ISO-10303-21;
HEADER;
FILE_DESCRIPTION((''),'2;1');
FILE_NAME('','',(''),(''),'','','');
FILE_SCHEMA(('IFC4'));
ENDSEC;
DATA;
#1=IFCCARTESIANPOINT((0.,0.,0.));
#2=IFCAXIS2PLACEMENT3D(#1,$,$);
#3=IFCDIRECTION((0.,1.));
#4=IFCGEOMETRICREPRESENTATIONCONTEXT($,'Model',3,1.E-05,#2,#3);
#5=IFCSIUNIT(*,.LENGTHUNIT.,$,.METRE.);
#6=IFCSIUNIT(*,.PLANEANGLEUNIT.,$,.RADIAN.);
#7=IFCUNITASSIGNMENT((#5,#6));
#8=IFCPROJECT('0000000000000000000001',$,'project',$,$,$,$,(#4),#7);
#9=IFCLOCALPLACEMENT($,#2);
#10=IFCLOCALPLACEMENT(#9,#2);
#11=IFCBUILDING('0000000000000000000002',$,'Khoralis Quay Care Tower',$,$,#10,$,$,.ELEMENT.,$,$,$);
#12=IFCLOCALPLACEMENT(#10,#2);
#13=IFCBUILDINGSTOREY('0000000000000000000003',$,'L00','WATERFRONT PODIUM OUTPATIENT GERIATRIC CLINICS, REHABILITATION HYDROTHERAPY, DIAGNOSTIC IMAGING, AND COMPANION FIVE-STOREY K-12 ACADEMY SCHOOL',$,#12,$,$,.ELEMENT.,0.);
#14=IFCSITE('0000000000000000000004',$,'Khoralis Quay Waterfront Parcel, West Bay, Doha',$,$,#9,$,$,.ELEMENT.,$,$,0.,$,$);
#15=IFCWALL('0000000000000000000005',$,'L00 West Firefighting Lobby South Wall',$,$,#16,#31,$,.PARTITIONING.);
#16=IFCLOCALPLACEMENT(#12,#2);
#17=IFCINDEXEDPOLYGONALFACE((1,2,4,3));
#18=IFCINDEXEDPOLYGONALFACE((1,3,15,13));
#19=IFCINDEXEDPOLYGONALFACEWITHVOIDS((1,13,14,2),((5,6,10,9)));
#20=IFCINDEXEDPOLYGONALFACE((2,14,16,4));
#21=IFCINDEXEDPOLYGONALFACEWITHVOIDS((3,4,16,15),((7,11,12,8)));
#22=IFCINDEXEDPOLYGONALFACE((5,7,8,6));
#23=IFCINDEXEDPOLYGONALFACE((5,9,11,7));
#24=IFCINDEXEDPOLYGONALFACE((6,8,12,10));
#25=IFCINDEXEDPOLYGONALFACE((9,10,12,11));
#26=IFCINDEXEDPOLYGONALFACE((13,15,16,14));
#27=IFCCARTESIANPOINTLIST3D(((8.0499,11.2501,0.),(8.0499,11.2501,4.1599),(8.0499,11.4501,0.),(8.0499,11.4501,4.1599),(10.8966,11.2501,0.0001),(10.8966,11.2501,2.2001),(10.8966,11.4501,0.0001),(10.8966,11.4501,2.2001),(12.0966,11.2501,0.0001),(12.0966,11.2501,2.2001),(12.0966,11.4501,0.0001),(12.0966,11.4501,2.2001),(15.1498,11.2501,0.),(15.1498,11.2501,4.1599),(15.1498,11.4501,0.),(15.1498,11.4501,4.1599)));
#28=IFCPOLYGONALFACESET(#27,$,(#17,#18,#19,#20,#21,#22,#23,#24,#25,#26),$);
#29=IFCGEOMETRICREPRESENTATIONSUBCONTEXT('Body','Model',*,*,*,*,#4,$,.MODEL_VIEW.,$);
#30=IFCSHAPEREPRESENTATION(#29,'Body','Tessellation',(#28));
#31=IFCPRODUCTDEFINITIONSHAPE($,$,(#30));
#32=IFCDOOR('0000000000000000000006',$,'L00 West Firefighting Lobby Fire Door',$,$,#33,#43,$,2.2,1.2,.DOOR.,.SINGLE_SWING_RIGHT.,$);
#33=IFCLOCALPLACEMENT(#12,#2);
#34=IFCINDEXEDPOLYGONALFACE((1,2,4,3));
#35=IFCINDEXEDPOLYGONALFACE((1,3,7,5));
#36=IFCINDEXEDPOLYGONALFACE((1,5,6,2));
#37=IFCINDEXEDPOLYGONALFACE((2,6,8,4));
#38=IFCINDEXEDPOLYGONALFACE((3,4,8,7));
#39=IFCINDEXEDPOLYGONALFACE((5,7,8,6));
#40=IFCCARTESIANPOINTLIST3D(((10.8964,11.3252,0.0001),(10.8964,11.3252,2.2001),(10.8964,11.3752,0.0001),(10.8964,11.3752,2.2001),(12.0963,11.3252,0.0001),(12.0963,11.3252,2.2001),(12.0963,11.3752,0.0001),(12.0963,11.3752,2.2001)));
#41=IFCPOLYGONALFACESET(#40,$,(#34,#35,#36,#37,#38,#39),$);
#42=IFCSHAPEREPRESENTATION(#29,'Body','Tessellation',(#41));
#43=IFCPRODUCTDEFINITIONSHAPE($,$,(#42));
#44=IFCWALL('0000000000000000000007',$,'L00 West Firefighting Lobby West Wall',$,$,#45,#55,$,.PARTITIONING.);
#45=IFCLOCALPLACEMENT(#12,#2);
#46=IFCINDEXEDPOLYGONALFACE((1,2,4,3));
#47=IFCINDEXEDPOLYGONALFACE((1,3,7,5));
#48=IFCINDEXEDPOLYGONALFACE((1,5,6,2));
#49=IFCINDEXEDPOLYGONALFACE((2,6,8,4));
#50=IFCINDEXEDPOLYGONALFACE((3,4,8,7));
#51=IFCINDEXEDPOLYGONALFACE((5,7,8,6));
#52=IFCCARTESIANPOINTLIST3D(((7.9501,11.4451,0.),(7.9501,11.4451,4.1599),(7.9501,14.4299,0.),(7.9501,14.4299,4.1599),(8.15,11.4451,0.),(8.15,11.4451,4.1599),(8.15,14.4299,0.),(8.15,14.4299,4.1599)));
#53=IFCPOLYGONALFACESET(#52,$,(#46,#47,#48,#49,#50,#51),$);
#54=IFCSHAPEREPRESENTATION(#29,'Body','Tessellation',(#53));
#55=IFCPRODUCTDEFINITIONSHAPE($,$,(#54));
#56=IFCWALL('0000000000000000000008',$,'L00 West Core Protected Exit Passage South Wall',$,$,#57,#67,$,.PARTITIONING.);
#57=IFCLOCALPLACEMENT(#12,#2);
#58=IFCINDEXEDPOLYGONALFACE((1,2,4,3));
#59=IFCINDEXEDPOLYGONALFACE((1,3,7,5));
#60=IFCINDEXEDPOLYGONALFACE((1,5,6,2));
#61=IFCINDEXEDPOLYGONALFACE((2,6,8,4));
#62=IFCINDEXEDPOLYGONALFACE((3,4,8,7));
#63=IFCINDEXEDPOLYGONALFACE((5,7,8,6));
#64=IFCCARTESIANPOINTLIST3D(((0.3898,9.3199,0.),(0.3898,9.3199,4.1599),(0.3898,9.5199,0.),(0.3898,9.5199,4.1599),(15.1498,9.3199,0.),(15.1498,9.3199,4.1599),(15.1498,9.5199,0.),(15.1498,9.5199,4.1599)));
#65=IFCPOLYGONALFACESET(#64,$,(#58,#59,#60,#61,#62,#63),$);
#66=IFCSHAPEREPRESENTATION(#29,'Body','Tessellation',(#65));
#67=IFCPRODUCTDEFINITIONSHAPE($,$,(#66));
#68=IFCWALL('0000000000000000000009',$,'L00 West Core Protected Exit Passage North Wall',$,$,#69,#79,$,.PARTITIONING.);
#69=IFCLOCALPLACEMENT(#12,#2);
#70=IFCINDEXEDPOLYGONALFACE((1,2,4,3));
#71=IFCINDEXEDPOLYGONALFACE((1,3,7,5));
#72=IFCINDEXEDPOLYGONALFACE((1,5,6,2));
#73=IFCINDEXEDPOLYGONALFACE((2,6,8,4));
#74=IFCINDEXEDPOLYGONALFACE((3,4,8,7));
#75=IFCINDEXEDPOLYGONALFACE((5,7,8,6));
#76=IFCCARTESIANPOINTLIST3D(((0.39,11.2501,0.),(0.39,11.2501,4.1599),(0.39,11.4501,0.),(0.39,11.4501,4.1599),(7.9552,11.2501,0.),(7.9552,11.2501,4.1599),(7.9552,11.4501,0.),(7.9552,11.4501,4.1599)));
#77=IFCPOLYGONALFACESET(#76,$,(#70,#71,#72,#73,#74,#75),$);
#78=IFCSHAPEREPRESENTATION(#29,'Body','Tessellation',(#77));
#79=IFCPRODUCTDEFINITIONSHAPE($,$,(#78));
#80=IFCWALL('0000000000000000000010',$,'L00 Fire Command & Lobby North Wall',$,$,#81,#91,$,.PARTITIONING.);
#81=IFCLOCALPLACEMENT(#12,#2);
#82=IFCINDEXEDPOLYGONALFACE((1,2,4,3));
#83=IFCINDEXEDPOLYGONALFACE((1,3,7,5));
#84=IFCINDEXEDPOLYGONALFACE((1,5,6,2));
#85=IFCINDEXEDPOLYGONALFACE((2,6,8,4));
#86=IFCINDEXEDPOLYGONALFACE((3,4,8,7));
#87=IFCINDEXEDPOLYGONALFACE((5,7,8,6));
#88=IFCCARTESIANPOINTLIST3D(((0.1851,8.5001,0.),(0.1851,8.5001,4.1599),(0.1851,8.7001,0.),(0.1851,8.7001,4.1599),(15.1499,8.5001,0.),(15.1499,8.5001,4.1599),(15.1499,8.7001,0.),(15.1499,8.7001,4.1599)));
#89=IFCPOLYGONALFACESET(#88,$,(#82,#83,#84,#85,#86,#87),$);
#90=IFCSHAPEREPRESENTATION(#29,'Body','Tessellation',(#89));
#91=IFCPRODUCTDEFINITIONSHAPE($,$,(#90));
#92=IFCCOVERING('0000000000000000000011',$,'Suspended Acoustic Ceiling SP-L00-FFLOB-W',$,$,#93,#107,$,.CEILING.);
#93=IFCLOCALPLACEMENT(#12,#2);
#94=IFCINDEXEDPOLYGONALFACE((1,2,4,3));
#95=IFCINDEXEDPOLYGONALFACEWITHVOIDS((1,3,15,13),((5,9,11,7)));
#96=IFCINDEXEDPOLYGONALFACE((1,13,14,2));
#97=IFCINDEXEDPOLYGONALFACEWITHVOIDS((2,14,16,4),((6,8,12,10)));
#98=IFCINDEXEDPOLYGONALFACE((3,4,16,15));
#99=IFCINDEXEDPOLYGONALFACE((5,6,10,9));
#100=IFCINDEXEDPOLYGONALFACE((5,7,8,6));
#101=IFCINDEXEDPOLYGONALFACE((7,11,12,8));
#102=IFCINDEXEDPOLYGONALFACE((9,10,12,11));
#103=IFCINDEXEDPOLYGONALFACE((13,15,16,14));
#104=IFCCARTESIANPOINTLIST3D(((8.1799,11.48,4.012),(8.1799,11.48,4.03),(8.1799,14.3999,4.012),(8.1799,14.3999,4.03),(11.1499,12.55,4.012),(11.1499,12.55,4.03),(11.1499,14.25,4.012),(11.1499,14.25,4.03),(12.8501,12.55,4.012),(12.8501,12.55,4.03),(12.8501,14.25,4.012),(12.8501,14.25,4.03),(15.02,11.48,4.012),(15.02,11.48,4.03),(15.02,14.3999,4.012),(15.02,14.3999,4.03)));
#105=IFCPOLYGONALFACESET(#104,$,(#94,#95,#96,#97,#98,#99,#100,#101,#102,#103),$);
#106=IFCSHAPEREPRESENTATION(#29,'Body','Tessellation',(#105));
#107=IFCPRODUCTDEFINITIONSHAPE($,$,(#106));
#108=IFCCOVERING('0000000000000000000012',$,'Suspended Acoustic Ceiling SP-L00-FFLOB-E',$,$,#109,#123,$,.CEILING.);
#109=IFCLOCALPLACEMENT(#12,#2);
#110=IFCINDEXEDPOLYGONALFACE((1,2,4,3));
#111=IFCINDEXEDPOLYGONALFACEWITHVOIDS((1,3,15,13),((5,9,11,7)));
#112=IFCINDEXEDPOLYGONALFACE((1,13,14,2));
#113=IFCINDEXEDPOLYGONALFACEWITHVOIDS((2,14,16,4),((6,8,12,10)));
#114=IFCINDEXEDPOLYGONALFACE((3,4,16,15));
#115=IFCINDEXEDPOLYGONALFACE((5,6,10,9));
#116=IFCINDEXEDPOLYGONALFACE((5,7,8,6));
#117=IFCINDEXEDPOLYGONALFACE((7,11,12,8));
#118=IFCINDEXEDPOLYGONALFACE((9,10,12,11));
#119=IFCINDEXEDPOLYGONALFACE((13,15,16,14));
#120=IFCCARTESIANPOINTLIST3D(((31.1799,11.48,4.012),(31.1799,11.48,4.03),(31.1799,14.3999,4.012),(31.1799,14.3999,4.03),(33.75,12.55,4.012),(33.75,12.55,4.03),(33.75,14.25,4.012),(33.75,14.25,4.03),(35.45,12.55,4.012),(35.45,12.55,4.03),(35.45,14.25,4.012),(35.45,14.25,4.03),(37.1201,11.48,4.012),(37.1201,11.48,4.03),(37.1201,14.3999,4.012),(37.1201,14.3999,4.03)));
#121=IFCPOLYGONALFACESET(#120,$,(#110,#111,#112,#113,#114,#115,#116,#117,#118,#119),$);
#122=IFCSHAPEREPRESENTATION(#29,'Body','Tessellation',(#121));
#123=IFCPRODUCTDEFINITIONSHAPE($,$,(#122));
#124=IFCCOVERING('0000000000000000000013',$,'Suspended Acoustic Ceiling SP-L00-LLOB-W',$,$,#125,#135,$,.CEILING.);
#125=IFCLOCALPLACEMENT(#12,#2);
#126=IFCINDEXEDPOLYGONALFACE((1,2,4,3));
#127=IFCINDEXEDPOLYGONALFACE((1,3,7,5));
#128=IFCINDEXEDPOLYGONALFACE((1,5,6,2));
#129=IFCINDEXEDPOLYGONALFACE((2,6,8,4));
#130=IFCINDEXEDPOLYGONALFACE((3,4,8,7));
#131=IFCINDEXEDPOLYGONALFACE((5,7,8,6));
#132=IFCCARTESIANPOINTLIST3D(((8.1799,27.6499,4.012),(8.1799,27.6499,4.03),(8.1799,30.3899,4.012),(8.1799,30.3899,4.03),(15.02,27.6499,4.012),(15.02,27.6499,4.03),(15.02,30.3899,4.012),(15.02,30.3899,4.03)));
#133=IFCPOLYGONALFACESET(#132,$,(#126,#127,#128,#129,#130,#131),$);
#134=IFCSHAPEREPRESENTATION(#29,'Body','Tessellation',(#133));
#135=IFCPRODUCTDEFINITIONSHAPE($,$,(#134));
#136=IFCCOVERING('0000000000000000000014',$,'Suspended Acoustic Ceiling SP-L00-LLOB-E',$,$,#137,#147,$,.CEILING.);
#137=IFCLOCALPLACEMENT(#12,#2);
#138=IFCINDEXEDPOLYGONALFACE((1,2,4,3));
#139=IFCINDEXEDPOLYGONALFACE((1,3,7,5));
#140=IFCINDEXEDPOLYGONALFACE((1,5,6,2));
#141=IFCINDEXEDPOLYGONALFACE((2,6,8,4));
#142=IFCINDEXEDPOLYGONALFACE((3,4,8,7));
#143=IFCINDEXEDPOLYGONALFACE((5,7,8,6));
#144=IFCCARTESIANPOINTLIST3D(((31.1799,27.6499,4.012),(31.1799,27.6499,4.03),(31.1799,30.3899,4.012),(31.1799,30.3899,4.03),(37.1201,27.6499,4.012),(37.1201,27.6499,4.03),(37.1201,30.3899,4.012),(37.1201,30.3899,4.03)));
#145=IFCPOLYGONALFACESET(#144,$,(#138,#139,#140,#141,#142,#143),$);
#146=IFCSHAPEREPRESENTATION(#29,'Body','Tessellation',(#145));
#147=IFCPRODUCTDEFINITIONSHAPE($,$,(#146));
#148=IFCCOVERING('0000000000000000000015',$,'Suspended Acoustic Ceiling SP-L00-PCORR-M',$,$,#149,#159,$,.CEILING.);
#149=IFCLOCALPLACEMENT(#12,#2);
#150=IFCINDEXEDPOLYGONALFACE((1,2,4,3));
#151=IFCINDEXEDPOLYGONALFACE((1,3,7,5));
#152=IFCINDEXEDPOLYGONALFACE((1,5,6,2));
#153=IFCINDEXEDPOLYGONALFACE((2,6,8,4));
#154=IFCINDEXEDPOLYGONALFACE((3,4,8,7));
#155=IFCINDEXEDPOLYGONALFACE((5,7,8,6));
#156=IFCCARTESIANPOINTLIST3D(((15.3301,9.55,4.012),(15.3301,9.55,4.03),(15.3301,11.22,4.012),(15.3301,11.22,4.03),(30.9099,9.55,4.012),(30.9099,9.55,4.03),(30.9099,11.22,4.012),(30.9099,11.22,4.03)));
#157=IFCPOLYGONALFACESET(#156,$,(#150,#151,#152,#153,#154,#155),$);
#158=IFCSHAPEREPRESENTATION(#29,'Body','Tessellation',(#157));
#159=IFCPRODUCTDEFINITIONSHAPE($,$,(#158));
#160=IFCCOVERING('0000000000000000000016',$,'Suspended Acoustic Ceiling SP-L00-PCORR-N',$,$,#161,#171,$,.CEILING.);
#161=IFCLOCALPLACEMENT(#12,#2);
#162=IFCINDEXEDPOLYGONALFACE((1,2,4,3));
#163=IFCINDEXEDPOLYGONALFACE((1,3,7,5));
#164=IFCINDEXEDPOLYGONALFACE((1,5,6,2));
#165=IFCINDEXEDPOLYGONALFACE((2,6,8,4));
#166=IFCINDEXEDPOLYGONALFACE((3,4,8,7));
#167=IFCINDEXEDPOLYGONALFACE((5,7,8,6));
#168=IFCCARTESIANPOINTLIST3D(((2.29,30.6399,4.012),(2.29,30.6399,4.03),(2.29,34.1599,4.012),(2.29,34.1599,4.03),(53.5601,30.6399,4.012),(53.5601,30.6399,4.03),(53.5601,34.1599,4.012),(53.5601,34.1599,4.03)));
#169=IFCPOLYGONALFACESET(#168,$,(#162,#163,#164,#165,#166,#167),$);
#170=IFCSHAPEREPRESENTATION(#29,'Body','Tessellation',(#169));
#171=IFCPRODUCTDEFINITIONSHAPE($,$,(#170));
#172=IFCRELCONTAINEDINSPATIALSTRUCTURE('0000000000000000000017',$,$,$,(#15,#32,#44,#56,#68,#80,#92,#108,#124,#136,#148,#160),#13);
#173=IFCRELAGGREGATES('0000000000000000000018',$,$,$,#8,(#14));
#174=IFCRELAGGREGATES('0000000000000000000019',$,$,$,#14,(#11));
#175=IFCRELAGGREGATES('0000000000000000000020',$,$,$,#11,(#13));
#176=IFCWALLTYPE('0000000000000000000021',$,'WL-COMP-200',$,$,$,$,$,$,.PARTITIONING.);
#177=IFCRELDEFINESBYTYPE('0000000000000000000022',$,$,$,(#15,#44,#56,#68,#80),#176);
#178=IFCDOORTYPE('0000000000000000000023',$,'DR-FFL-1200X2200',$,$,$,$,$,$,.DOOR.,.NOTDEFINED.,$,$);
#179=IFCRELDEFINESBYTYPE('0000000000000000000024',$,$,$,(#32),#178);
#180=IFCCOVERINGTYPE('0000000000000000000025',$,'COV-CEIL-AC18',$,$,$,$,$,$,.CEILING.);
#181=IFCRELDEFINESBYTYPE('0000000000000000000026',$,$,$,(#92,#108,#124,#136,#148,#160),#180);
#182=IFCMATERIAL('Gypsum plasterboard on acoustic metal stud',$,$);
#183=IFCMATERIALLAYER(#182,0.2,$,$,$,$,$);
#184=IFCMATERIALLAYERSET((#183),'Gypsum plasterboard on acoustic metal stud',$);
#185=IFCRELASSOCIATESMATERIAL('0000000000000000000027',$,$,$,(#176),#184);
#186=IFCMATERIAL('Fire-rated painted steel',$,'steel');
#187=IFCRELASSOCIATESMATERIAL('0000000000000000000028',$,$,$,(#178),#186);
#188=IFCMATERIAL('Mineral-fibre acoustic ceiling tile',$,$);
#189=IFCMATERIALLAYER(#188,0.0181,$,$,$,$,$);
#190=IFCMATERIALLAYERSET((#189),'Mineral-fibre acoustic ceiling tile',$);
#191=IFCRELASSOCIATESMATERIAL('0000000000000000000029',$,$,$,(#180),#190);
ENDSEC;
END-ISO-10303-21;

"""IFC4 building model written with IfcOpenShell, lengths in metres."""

from ifc_helpers import new_model, si_unit, direction, frame, frame_2d, origin, place, context, subcontext, project, spatial, polyline, rectangle, outline, extrude, source, transform, mapped, material, layer, layer_set, type_object, element, fill, save


model = new_model("IFC4")

# Units and contexts
model_context = context("Model", 3, precision=1e-05, world=origin(), true_north=direction((0.0, 1.0)))
body_context = subcontext(model_context, "Body", "Model", "MODEL_VIEW")
ifc_project = project(units=[si_unit("LENGTHUNIT", "METRE"), si_unit("PLANEANGLEUNIT", "RADIAN")], contexts=[model_context])

# Site, building, storey
site_placement = place(None, origin())
site = spatial("IfcSite", under=ifc_project, at=site_placement, Name="Khoralis Quay Waterfront Parcel, West Bay, Doha", CompositionType="ELEMENT", RefElevation=0.0)
building_placement = place(site_placement, origin())
building = spatial("IfcBuilding", under=site, at=building_placement, Name="Khoralis Quay Care Tower", CompositionType="ELEMENT")
storey_placement = place(building_placement, origin())
storey = spatial("IfcBuildingStorey", under=building, at=storey_placement, Name="L00", Description="WATERFRONT PODIUM OUTPATIENT GERIATRIC CLINICS, REHABILITATION HYDROTHERAPY, DIAGNOSTIC IMAGING, AND COMPANION FIVE-STOREY K-12 ACADEMY SCHOOL", CompositionType="ELEMENT", Elevation=0.0)

# Wall, opening, door
ifc_material_1 = material(Name="Gypsum plasterboard on acoustic metal stud")
ifc_layer_1 = layer(ifc_material_1, 0.2)
ifc_layer_set_1 = layer_set([ifc_layer_1], Name="Gypsum plasterboard on acoustic metal stud")
wall_type = type_object("IfcWallType", Name="WL-COMP-200", PredefinedType="PARTITIONING", material=ifc_layer_set_1)
wall_1_placement = place(storey_placement, frame((8.05, 11.3501, 0.0), z_axis=(0.0, 0.0, 1.0), x_axis=(1.0, 0.0, 0.0)))
wall_1 = element("IfcWall", 1, at=wall_1_placement, inside=storey, type_object=wall_type, Name="L00 West Firefighting Lobby South Wall", PredefinedType="PARTITIONING", context=body_context, shape_type="SweptSolid", body=[
    extrude(rectangle(XDim=7.0999, YDim=0.2, at=frame_2d((3.5498, 0.0))), origin(), (0.0, 0.0, 1.0), 4.1599),
])
opening_placement = place(wall_1_placement, frame((2.8464, 0.0, 0.0)))
opening = element("IfcOpeningElement", 2, at=opening_placement, cuts=wall_1, PredefinedType="OPENING", context=body_context, shape_type="SweptSolid", body=[
    extrude(rectangle(XDim=1.2, YDim=2.2, at=frame_2d((0.6001, 1.1001))), frame((0.0, 0.1099, 0.0), z_axis=(0.0, -1.0, 0.0), x_axis=(1.0, 0.0, 0.0)), (0.0, 0.0, 1.0), 0.22),
])
ifc_material_2 = material(Name="Fire-rated painted steel", Category="steel")
door_type = type_object("IfcDoorType", Name="DR-FFL-1200X2200", OperationType="NOTDEFINED", PredefinedType="DOOR", material=ifc_material_2)
shared_shape_1 = source(origin(), body_context, "Body", "SweptSolid", [
    extrude(rectangle(XDim=1.2, YDim=2.2, at=frame_2d((0.6001, 1.1001))), frame((0.0, 0.0249, 0.0), z_axis=(0.0, -1.0, 0.0), x_axis=(1.0, 0.0, 0.0)), (0.0, 0.0, 1.0), 0.05),
])
door_placement = place(opening_placement, frame((1.2, 0.0, 0.0), z_axis=(0.0, 0.0, 1.0), x_axis=(-1.0, 0.0, 0.0)))
door = element("IfcDoor", 3, at=door_placement, inside=storey, type_object=door_type, Name="L00 West Firefighting Lobby Fire Door", OperationType="SINGLE_SWING_RIGHT", OverallHeight=2.2, OverallWidth=1.2, PredefinedType="DOOR", context=body_context, shape_type="MappedRepresentation", body=[
    mapped(shared_shape_1, transform((0.0, 0.0, 0.0), scale=1.0)),
])
fill(opening, door)

# Walls
wall_2_placement = place(storey_placement, frame((8.05, 11.4451, 0.0), z_axis=(0.0, 0.0, 1.0), x_axis=(0.0, 1.0, 0.0)))
element("IfcWall", 4, at=wall_2_placement, inside=storey, type_object=wall_type, Name="L00 West Firefighting Lobby West Wall", PredefinedType="PARTITIONING", context=body_context, shape_type="SweptSolid", body=[
    extrude(rectangle(XDim=2.9849, YDim=0.2, at=frame_2d((1.4924, 0.0))), origin(), (0.0, 0.0, 1.0), 4.1599),
])
wall_3_placement = place(storey_placement, frame((0.3899, 9.4199, 0.0), z_axis=(0.0, 0.0, 1.0), x_axis=(1.0, 0.0, 0.0)))
element("IfcWall", 5, at=wall_3_placement, inside=storey, type_object=wall_type, Name="L00 West Core Protected Exit Passage South Wall", PredefinedType="PARTITIONING", context=body_context, shape_type="SweptSolid", body=[
    extrude(rectangle(XDim=14.76, YDim=0.2, at=frame_2d((7.3799, 0.0))), origin(), (0.0, 0.0, 1.0), 4.1599),
])
wall_4_placement = place(storey_placement, frame((0.3899, 11.3501, 0.0), z_axis=(0.0, 0.0, 1.0), x_axis=(1.0, 0.0, 0.0)))
element("IfcWall", 6, at=wall_4_placement, inside=storey, type_object=wall_type, Name="L00 West Core Protected Exit Passage North Wall", PredefinedType="PARTITIONING", context=body_context, shape_type="SweptSolid", body=[
    extrude(rectangle(XDim=7.5652, YDim=0.2, at=frame_2d((3.7827, 0.0))), origin(), (0.0, 0.0, 1.0), 4.1599),
])
wall_5_placement = place(storey_placement, frame((0.1851, 8.6001, 0.0), z_axis=(0.0, 0.0, 1.0), x_axis=(1.0, 0.0, 0.0)))
element("IfcWall", 7, at=wall_5_placement, inside=storey, type_object=wall_type, Name="L00 Fire Command & Lobby North Wall", PredefinedType="PARTITIONING", context=body_context, shape_type="SweptSolid", body=[
    extrude(rectangle(XDim=14.9648, YDim=0.2, at=frame_2d((7.4824, 0.0))), origin(), (0.0, 0.0, 1.0), 4.1599),
])

# Coverings
ifc_material_3 = material(Name="Mineral-fibre acoustic ceiling tile")
ifc_layer_2 = layer(ifc_material_3, 0.0181)
ifc_layer_set_2 = layer_set([ifc_layer_2], Name="Mineral-fibre acoustic ceiling tile")
covering_type_1 = type_object("IfcCoveringType", Name="COV-CEIL-AC18", PredefinedType="CEILING", material=ifc_layer_set_2)
covering_1_placement = place(storey_placement, frame((0.0, 0.0, 4.012)))
element("IfcCovering", 8, at=covering_1_placement, inside=storey, type_object=covering_type_1, Name="Suspended Acoustic Ceiling SP-L00-FFLOB-W", PredefinedType="CEILING", context=body_context, shape_type="SweptSolid", body=[
    extrude(outline(polyline([(8.1799, 11.48), (15.02, 11.48), (15.02, 14.3999), (8.1799, 14.3999), (8.1799, 11.48)]), holes=[polyline([(11.1499, 12.55), (12.8501, 12.55), (12.8501, 14.25), (11.1499, 14.25), (11.1499, 12.55)])]), origin(), (0.0, 0.0, 1.0), 0.0181),
])
covering_2_placement = place(storey_placement, frame((0.0, 0.0, 4.012)))
element("IfcCovering", 9, at=covering_2_placement, inside=storey, type_object=covering_type_1, Name="Suspended Acoustic Ceiling SP-L00-FFLOB-E", PredefinedType="CEILING", context=body_context, shape_type="SweptSolid", body=[
    extrude(outline(polyline([(31.1799, 11.48), (37.1201, 11.48), (37.1201, 14.3999), (31.1799, 14.3999), (31.1799, 11.48)]), holes=[polyline([(33.75, 12.55), (35.45, 12.55), (35.45, 14.25), (33.75, 14.25), (33.75, 12.55)])]), origin(), (0.0, 0.0, 1.0), 0.0181),
])
covering_3_placement = place(storey_placement, frame((0.0, 0.0, 4.012)))
element("IfcCovering", 10, at=covering_3_placement, inside=storey, type_object=covering_type_1, Name="Suspended Acoustic Ceiling SP-L00-LLOB-W", PredefinedType="CEILING", context=body_context, shape_type="SweptSolid", body=[
    extrude(outline(polyline([(8.1799, 27.6499), (15.02, 27.6499), (15.02, 30.3899), (8.1799, 30.3899), (8.1799, 27.6499)])), origin(), (0.0, 0.0, 1.0), 0.0181),
])
covering_4_placement = place(storey_placement, frame((0.0, 0.0, 4.012)))
element("IfcCovering", 11, at=covering_4_placement, inside=storey, type_object=covering_type_1, Name="Suspended Acoustic Ceiling SP-L00-LLOB-E", PredefinedType="CEILING", context=body_context, shape_type="SweptSolid", body=[
    extrude(outline(polyline([(31.1799, 27.6499), (37.1201, 27.6499), (37.1201, 30.3899), (31.1799, 30.3899), (31.1799, 27.6499)])), origin(), (0.0, 0.0, 1.0), 0.0181),
])
covering_5_placement = place(storey_placement, frame((0.0, 0.0, 4.012)))
element("IfcCovering", 12, at=covering_5_placement, inside=storey, type_object=covering_type_1, Name="Suspended Acoustic Ceiling SP-L00-PCORR-M", PredefinedType="CEILING", context=body_context, shape_type="SweptSolid", body=[
    extrude(outline(polyline([(15.3301, 9.55), (30.9099, 9.55), (30.9099, 11.22), (15.3301, 11.22), (15.3301, 9.55)])), origin(), (0.0, 0.0, 1.0), 0.0181),
])
covering_6_placement = place(storey_placement, frame((0.0, 0.0, 4.012)))
element("IfcCovering", 13, at=covering_6_placement, inside=storey, type_object=covering_type_1, Name="Suspended Acoustic Ceiling SP-L00-PCORR-N", PredefinedType="CEILING", context=body_context, shape_type="SweptSolid", body=[
    extrude(outline(polyline([(2.29, 30.6399), (53.5601, 30.6399), (53.5601, 34.1599), (2.29, 34.1599), (2.29, 30.6399)])), origin(), (0.0, 0.0, 1.0), 0.0181),
])

save(model, "model.ifc")
